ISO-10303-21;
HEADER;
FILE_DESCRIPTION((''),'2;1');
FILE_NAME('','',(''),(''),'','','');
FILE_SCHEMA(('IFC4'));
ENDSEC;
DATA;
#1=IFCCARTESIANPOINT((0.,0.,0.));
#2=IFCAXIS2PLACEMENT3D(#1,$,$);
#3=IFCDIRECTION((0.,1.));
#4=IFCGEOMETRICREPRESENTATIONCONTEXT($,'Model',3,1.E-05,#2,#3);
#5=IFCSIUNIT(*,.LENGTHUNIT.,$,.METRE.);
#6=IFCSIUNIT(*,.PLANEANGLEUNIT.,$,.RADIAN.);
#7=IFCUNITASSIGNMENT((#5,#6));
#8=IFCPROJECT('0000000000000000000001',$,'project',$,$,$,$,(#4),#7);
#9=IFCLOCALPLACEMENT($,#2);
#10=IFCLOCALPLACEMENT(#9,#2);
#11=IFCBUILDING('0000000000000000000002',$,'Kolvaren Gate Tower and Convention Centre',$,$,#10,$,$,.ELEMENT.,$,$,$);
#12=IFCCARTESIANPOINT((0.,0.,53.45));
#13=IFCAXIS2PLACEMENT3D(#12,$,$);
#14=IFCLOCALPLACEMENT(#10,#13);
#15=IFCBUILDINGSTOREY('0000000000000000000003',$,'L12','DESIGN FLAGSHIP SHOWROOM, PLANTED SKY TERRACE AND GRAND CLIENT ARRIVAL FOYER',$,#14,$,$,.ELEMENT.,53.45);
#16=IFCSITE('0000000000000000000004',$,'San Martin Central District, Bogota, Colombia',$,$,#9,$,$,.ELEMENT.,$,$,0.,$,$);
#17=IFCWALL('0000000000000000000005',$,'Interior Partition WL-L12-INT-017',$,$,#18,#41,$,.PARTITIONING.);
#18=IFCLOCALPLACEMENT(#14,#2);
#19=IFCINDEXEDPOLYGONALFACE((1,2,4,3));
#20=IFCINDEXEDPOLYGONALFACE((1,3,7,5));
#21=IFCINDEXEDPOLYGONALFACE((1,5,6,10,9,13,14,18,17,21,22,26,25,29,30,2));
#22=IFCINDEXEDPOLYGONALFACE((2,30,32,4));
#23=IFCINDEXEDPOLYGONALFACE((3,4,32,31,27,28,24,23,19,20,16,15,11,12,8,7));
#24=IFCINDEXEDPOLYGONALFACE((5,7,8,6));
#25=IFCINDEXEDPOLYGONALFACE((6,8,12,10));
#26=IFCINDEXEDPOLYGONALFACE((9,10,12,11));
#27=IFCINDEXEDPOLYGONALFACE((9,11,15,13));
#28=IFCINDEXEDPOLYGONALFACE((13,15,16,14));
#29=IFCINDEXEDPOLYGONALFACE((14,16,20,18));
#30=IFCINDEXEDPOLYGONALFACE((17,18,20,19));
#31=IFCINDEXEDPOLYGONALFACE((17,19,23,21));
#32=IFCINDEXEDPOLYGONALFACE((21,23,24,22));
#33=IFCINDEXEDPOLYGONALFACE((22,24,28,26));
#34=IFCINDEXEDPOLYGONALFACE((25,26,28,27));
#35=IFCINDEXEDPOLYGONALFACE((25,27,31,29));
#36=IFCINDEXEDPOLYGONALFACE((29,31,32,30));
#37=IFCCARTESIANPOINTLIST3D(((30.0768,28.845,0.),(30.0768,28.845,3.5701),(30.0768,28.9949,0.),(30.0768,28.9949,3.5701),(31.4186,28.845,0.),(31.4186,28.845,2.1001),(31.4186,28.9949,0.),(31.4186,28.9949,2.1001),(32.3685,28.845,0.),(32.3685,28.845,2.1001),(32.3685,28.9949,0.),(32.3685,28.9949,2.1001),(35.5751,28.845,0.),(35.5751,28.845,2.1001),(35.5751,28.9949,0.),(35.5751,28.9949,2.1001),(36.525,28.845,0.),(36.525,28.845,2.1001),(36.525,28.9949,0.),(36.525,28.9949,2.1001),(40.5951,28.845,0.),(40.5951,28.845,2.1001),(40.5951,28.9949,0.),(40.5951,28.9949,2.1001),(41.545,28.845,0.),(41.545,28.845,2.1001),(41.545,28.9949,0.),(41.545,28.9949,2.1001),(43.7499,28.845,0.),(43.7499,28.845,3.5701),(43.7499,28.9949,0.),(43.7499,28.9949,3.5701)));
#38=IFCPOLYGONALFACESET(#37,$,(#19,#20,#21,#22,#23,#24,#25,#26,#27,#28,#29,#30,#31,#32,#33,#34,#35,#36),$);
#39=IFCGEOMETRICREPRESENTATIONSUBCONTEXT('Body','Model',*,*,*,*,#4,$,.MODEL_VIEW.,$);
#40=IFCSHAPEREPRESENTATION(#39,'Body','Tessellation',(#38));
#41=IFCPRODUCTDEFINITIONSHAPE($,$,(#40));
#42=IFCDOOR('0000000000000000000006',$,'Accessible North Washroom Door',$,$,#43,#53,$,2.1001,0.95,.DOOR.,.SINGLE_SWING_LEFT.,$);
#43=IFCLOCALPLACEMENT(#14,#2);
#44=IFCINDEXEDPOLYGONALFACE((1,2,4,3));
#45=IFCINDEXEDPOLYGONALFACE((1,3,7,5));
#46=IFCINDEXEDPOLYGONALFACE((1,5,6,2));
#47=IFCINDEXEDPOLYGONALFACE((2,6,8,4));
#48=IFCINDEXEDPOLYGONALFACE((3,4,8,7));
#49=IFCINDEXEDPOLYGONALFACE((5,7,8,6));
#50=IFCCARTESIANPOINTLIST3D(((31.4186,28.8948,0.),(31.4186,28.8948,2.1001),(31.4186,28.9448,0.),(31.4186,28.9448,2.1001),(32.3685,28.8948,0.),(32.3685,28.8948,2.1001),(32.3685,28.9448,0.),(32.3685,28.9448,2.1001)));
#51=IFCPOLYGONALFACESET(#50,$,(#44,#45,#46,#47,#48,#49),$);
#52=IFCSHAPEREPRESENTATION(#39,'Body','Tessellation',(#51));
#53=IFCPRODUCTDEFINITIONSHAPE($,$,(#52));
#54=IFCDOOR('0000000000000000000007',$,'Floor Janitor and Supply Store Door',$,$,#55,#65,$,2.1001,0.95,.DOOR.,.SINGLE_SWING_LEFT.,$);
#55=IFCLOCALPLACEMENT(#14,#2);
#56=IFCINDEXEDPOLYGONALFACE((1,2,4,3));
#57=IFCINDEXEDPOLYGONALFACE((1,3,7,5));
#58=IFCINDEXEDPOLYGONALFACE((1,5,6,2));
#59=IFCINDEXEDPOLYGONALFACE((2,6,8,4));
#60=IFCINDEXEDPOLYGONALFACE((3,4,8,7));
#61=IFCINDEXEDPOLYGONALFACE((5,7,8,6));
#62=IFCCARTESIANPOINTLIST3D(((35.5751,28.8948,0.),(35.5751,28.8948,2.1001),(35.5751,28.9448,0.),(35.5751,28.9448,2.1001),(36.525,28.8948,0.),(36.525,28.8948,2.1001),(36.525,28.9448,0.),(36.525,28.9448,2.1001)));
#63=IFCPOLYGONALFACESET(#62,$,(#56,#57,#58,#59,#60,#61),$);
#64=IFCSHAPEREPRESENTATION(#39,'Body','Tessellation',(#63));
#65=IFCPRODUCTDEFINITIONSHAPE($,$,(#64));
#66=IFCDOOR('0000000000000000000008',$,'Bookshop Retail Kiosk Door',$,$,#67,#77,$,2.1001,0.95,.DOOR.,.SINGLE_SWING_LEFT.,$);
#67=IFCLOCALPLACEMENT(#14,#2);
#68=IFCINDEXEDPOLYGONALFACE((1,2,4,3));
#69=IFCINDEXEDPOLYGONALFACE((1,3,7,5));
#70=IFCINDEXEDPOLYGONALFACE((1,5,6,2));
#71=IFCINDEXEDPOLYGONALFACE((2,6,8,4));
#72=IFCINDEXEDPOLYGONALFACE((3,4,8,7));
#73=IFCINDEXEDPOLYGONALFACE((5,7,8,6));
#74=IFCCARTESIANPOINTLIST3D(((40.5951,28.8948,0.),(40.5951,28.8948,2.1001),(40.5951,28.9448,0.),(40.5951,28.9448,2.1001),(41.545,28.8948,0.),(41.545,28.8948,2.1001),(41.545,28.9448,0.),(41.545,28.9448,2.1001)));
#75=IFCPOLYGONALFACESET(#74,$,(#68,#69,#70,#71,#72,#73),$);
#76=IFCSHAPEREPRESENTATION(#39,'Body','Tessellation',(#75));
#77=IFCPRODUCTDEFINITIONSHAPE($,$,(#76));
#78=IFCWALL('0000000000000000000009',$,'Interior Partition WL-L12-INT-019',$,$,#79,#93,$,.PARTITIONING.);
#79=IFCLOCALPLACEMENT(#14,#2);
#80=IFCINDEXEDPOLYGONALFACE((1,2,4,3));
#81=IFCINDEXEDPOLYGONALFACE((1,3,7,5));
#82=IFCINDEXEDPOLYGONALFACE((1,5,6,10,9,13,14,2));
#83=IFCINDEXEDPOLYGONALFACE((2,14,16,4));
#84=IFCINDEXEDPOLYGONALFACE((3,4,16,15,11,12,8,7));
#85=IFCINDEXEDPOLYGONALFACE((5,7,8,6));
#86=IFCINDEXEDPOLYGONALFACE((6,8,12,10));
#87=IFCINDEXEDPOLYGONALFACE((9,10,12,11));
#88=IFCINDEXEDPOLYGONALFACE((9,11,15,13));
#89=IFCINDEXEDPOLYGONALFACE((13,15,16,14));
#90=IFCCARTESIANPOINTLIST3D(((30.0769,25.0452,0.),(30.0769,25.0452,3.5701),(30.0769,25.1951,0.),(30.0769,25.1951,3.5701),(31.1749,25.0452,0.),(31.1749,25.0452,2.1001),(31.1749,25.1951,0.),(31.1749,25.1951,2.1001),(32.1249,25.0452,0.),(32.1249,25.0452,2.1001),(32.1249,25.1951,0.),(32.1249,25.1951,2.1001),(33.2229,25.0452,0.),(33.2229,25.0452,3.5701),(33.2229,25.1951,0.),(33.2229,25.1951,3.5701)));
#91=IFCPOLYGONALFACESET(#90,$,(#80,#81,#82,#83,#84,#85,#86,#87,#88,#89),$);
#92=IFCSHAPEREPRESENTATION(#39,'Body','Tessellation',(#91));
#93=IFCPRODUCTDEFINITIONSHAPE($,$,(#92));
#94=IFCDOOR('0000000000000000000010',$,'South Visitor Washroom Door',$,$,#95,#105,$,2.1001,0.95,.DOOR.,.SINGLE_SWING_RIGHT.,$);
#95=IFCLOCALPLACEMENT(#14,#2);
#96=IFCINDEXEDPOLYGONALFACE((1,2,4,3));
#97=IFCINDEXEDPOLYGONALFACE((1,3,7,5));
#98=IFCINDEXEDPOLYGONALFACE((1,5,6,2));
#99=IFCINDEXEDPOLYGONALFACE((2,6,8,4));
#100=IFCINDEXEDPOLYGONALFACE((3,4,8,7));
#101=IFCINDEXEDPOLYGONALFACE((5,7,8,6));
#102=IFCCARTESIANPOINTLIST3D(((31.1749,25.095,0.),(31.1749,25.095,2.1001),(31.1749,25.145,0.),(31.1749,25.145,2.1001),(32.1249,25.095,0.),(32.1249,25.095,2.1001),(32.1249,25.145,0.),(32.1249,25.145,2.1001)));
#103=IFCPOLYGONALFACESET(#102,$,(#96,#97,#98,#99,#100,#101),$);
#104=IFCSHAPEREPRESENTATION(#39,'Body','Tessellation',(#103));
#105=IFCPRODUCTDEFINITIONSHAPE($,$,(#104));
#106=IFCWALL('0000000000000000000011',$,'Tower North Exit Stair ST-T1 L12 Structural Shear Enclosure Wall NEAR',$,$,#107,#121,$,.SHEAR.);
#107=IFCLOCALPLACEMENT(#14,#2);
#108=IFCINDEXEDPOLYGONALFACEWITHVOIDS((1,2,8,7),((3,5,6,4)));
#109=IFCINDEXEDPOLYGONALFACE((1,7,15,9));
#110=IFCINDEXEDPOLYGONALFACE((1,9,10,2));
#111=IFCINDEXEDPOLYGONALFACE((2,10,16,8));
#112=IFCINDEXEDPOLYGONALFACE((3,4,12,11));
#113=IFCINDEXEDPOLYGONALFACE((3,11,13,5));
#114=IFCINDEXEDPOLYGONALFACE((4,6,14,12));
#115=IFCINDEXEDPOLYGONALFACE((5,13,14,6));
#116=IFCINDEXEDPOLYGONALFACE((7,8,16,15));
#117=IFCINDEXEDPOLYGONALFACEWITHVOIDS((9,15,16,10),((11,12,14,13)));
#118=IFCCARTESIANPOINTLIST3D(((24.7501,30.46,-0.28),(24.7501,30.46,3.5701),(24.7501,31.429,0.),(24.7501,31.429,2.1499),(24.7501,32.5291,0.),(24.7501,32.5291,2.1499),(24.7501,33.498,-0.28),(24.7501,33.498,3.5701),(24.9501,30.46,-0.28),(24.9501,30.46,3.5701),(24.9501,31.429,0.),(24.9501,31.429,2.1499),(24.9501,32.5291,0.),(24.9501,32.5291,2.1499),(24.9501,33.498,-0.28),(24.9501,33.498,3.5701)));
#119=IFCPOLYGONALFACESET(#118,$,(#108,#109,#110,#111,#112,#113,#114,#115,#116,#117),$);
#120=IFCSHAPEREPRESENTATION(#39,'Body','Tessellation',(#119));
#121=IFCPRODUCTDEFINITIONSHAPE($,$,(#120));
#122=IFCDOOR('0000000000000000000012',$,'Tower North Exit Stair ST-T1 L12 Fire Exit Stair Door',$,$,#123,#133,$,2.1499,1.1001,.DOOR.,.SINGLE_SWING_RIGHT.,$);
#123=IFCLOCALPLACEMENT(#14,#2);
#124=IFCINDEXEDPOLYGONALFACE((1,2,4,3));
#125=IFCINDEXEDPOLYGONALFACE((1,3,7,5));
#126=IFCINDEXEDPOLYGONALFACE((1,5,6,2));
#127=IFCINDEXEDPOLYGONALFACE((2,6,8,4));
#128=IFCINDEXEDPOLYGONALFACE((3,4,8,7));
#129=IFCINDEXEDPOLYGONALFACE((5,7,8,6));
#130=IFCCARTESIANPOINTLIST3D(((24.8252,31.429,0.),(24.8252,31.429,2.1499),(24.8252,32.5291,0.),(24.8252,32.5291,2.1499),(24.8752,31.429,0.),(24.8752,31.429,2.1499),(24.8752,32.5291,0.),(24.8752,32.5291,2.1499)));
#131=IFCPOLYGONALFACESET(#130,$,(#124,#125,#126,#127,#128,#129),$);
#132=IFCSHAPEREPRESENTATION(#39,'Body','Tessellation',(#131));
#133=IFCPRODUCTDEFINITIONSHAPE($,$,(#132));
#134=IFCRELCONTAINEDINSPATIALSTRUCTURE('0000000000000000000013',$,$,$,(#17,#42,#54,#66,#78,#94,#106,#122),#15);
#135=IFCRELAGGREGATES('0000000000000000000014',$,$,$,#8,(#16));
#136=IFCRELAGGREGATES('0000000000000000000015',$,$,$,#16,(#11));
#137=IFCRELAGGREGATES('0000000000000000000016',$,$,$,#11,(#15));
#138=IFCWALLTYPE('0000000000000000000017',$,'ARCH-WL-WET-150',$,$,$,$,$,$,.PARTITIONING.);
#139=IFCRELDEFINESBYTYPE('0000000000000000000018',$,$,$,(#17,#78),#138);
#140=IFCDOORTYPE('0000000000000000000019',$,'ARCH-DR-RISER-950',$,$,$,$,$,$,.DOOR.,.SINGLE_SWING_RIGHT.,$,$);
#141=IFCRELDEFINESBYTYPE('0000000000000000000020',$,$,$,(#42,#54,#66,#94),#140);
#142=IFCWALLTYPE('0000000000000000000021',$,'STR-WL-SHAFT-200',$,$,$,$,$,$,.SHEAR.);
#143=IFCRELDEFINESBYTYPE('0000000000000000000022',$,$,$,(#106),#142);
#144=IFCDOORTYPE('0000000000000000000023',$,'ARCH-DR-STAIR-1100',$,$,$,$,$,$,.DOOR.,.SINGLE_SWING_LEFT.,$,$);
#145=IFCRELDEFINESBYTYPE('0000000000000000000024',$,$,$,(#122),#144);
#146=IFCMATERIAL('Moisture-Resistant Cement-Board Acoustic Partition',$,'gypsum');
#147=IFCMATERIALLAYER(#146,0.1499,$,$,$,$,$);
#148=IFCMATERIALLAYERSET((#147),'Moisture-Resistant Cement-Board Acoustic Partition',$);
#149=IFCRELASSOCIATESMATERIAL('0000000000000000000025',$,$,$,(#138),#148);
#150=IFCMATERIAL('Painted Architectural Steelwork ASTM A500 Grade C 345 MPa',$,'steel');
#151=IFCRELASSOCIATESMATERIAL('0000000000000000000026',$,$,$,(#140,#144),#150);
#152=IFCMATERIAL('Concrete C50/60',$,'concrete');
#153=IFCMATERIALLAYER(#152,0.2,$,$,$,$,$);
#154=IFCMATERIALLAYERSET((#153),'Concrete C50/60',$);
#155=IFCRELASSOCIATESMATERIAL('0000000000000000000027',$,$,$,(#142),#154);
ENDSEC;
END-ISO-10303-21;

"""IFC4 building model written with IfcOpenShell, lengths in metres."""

from ifc_helpers import new_model, si_unit, direction, frame, frame_2d, origin, place, context, subcontext, project, spatial, rectangle, extrude, material, layer, layer_set, type_object, element, fill, save


model = new_model("IFC4")

# Units and contexts
model_context = context("Model", 3, precision=1e-05, world=origin(), true_north=direction((0.0, 1.0)))
body_context = subcontext(model_context, "Body", "Model", "MODEL_VIEW")
ifc_project = project(units=[si_unit("LENGTHUNIT", "METRE"), si_unit("PLANEANGLEUNIT", "RADIAN")], contexts=[model_context])

# Site, building, storey
site_placement = place(None, origin())
site = spatial("IfcSite", under=ifc_project, at=site_placement, Name="San Martin Central District, Bogota, Colombia", CompositionType="ELEMENT", RefElevation=0.0)
building_placement = place(site_placement, origin())
building = spatial("IfcBuilding", under=site, at=building_placement, Name="Kolvaren Gate Tower and Convention Centre", CompositionType="ELEMENT")
storey_placement = place(building_placement, frame((0.0, 0.0, 53.45)))
storey = spatial("IfcBuildingStorey", under=building, at=storey_placement, Name="L12", Description="DESIGN FLAGSHIP SHOWROOM, PLANTED SKY TERRACE AND GRAND CLIENT ARRIVAL FOYER", CompositionType="ELEMENT", Elevation=53.45)

# Shared definitions
ifc_material_1 = material(Name="Moisture-Resistant Cement-Board Acoustic Partition", Category="gypsum")
ifc_layer_1 = layer(ifc_material_1, 0.1499)
ifc_layer_set_1 = layer_set([ifc_layer_1], Name="Moisture-Resistant Cement-Board Acoustic Partition")
wall_type_1 = type_object("IfcWallType", Name="ARCH-WL-WET-150", PredefinedType="PARTITIONING", material=ifc_layer_set_1)

# Wall, openings, doors
wall_1_placement = place(storey_placement, frame((30.0769, 28.9199, 0.0), z_axis=(0.0, 0.0, 1.0), x_axis=(1.0, 0.0, 0.0)))
wall_1 = element("IfcWall", 1, at=wall_1_placement, inside=storey, type_object=wall_type_1, Name="Interior Partition WL-L12-INT-017", PredefinedType="PARTITIONING", context=body_context, shape_type="SweptSolid", body=[
    extrude(rectangle(XDim=13.6731, YDim=0.1499, at=frame_2d((6.8364, 0.0))), origin(), (0.0, 0.0, 1.0), 3.5701),
])
opening_1_placement = place(wall_1_placement, frame((1.3416, 0.0, 0.0)))
opening_1 = element("IfcOpeningElement", 2, at=opening_1_placement, cuts=wall_1, PredefinedType="OPENING", context=body_context, shape_type="SweptSolid", body=[
    extrude(rectangle(XDim=0.95, YDim=2.1001, at=frame_2d((0.4751, 1.05))), frame((0.0, 0.085, 0.0), z_axis=(0.0, -1.0, 0.0), x_axis=(1.0, 0.0, 0.0)), (0.0, 0.0, 1.0), 0.1699),
])
opening_2_placement = place(wall_1_placement, frame((5.498, 0.0, 0.0)))
opening_2 = element("IfcOpeningElement", 3, at=opening_2_placement, cuts=wall_1, PredefinedType="OPENING", context=body_context, shape_type="SweptSolid", body=[
    extrude(rectangle(XDim=0.95, YDim=2.1001, at=frame_2d((0.4751, 1.05))), frame((0.0, 0.085, 0.0), z_axis=(0.0, -1.0, 0.0), x_axis=(1.0, 0.0, 0.0)), (0.0, 0.0, 1.0), 0.1699),
])
opening_3_placement = place(wall_1_placement, frame((10.5181, 0.0, 0.0)))
opening_3 = element("IfcOpeningElement", 4, at=opening_3_placement, cuts=wall_1, PredefinedType="OPENING", context=body_context, shape_type="SweptSolid", body=[
    extrude(rectangle(XDim=0.95, YDim=2.1001, at=frame_2d((0.4751, 1.05))), frame((0.0, 0.085, 0.0), z_axis=(0.0, -1.0, 0.0), x_axis=(1.0, 0.0, 0.0)), (0.0, 0.0, 1.0), 0.1699),
])
ifc_material_2 = material(Name="Painted Architectural Steelwork ASTM A500 Grade C 345 MPa", Category="steel")
door_type_1 = type_object("IfcDoorType", Name="ARCH-DR-RISER-950", OperationType="SINGLE_SWING_RIGHT", PredefinedType="DOOR", material=ifc_material_2)
door_1_placement = place(opening_1_placement, origin())
door_1 = element("IfcDoor", 5, at=door_1_placement, inside=storey, type_object=door_type_1, Name="Accessible North Washroom Door", OperationType="SINGLE_SWING_LEFT", OverallHeight=2.1001, OverallWidth=0.95, PredefinedType="DOOR", context=body_context, shape_type="SweptSolid", body=[
    extrude(rectangle(XDim=0.95, YDim=2.1001, at=frame_2d((0.4751, 1.05))), frame((0.0, 0.0249, 0.0), z_axis=(0.0, -1.0, 0.0), x_axis=(1.0, 0.0, 0.0)), (0.0, 0.0, 1.0), 0.05),
])
fill(opening_1, door_1)
door_2_placement = place(opening_2_placement, origin())
door_2 = element("IfcDoor", 6, at=door_2_placement, inside=storey, type_object=door_type_1, Name="Floor Janitor and Supply Store Door", OperationType="SINGLE_SWING_LEFT", OverallHeight=2.1001, OverallWidth=0.95, PredefinedType="DOOR", context=body_context, shape_type="SweptSolid", body=[
    extrude(rectangle(XDim=0.95, YDim=2.1001, at=frame_2d((0.4751, 1.05))), frame((0.0, 0.0249, 0.0), z_axis=(0.0, -1.0, 0.0), x_axis=(1.0, 0.0, 0.0)), (0.0, 0.0, 1.0), 0.05),
])
fill(opening_2, door_2)
door_3_placement = place(opening_3_placement, origin())
door_3 = element("IfcDoor", 7, at=door_3_placement, inside=storey, type_object=door_type_1, Name="Bookshop Retail Kiosk Door", OperationType="SINGLE_SWING_LEFT", OverallHeight=2.1001, OverallWidth=0.95, PredefinedType="DOOR", context=body_context, shape_type="SweptSolid", body=[
    extrude(rectangle(XDim=0.95, YDim=2.1001, at=frame_2d((0.4751, 1.05))), frame((0.0, 0.0249, 0.0), z_axis=(0.0, -1.0, 0.0), x_axis=(1.0, 0.0, 0.0)), (0.0, 0.0, 1.0), 0.05),
])
fill(opening_3, door_3)

# Walls, openings, doors
wall_2_placement = place(storey_placement, frame((30.0769, 25.1201, 0.0), z_axis=(0.0, 0.0, 1.0), x_axis=(1.0, 0.0, 0.0)))
wall_2 = element("IfcWall", 8, at=wall_2_placement, inside=storey, type_object=wall_type_1, Name="Interior Partition WL-L12-INT-019", PredefinedType="PARTITIONING", context=body_context, shape_type="SweptSolid", body=[
    extrude(rectangle(XDim=3.146, YDim=0.1499, at=frame_2d((1.573, 0.0))), origin(), (0.0, 0.0, 1.0), 3.5701),
])
opening_4_placement = place(wall_2_placement, frame((1.0979, 0.0, 0.0)))
opening_4 = element("IfcOpeningElement", 9, at=opening_4_placement, cuts=wall_2, PredefinedType="OPENING", context=body_context, shape_type="SweptSolid", body=[
    extrude(rectangle(XDim=0.95, YDim=2.1001, at=frame_2d((0.4751, 1.05))), frame((0.0, 0.085, 0.0), z_axis=(0.0, -1.0, 0.0), x_axis=(1.0, 0.0, 0.0)), (0.0, 0.0, 1.0), 0.1699),
])
door_4_placement = place(opening_4_placement, origin())
door_4 = element("IfcDoor", 10, at=door_4_placement, inside=storey, type_object=door_type_1, Name="South Visitor Washroom Door", OperationType="SINGLE_SWING_RIGHT", OverallHeight=2.1001, OverallWidth=0.95, PredefinedType="DOOR", context=body_context, shape_type="SweptSolid", body=[
    extrude(rectangle(XDim=0.95, YDim=2.1001, at=frame_2d((0.4751, 1.05))), frame((0.0, 0.0249, 0.0), z_axis=(0.0, -1.0, 0.0), x_axis=(1.0, 0.0, 0.0)), (0.0, 0.0, 1.0), 0.05),
])
fill(opening_4, door_4)
ifc_material_3 = material(Name="Concrete C50/60", Category="concrete")
ifc_layer_2 = layer(ifc_material_3, 0.2)
ifc_layer_set_2 = layer_set([ifc_layer_2], Name="Concrete C50/60")
wall_type_2 = type_object("IfcWallType", Name="STR-WL-SHAFT-200", PredefinedType="SHEAR", material=ifc_layer_set_2)
wall_3_placement = place(storey_placement, frame((24.8501, 30.46, -0.28), z_axis=(0.0, 0.0, 1.0), x_axis=(0.0, 1.0, 0.0)))
wall_3 = element("IfcWall", 11, at=wall_3_placement, inside=storey, type_object=wall_type_2, Name="Tower North Exit Stair ST-T1 L12 Structural Shear Enclosure Wall NEAR", PredefinedType="SHEAR", context=body_context, shape_type="SweptSolid", body=[
    extrude(rectangle(XDim=3.0381, YDim=0.2, at=frame_2d((1.519, 0.0))), origin(), (0.0, 0.0, 1.0), 3.8501),
])
opening_5_placement = place(wall_3_placement, frame((0.969, 0.0, 0.28)))
opening_5 = element("IfcOpeningElement", 12, at=opening_5_placement, cuts=wall_3, PredefinedType="OPENING", context=body_context, shape_type="SweptSolid", body=[
    extrude(rectangle(XDim=1.1001, YDim=2.1499, at=frame_2d((0.55, 1.075))), frame((0.0, 0.1099, 0.0), z_axis=(0.0, -1.0, 0.0), x_axis=(1.0, 0.0, 0.0)), (0.0, 0.0, 1.0), 0.22),
])
door_type_2 = type_object("IfcDoorType", Name="ARCH-DR-STAIR-1100", OperationType="SINGLE_SWING_LEFT", PredefinedType="DOOR", material=ifc_material_2)
door_5_placement = place(opening_5_placement, origin())
door_5 = element("IfcDoor", 13, at=door_5_placement, inside=storey, type_object=door_type_2, Name="Tower North Exit Stair ST-T1 L12 Fire Exit Stair Door", OperationType="SINGLE_SWING_RIGHT", OverallHeight=2.1499, OverallWidth=1.1001, PredefinedType="DOOR", context=body_context, shape_type="SweptSolid", body=[
    extrude(rectangle(XDim=1.1001, YDim=2.1499, at=frame_2d((0.55, 1.075))), frame((0.0, 0.0249, 0.0), z_axis=(0.0, -1.0, 0.0), x_axis=(1.0, 0.0, 0.0)), (0.0, 0.0, 1.0), 0.05),
])
fill(opening_5, door_5)

save(model, "model.ifc")
